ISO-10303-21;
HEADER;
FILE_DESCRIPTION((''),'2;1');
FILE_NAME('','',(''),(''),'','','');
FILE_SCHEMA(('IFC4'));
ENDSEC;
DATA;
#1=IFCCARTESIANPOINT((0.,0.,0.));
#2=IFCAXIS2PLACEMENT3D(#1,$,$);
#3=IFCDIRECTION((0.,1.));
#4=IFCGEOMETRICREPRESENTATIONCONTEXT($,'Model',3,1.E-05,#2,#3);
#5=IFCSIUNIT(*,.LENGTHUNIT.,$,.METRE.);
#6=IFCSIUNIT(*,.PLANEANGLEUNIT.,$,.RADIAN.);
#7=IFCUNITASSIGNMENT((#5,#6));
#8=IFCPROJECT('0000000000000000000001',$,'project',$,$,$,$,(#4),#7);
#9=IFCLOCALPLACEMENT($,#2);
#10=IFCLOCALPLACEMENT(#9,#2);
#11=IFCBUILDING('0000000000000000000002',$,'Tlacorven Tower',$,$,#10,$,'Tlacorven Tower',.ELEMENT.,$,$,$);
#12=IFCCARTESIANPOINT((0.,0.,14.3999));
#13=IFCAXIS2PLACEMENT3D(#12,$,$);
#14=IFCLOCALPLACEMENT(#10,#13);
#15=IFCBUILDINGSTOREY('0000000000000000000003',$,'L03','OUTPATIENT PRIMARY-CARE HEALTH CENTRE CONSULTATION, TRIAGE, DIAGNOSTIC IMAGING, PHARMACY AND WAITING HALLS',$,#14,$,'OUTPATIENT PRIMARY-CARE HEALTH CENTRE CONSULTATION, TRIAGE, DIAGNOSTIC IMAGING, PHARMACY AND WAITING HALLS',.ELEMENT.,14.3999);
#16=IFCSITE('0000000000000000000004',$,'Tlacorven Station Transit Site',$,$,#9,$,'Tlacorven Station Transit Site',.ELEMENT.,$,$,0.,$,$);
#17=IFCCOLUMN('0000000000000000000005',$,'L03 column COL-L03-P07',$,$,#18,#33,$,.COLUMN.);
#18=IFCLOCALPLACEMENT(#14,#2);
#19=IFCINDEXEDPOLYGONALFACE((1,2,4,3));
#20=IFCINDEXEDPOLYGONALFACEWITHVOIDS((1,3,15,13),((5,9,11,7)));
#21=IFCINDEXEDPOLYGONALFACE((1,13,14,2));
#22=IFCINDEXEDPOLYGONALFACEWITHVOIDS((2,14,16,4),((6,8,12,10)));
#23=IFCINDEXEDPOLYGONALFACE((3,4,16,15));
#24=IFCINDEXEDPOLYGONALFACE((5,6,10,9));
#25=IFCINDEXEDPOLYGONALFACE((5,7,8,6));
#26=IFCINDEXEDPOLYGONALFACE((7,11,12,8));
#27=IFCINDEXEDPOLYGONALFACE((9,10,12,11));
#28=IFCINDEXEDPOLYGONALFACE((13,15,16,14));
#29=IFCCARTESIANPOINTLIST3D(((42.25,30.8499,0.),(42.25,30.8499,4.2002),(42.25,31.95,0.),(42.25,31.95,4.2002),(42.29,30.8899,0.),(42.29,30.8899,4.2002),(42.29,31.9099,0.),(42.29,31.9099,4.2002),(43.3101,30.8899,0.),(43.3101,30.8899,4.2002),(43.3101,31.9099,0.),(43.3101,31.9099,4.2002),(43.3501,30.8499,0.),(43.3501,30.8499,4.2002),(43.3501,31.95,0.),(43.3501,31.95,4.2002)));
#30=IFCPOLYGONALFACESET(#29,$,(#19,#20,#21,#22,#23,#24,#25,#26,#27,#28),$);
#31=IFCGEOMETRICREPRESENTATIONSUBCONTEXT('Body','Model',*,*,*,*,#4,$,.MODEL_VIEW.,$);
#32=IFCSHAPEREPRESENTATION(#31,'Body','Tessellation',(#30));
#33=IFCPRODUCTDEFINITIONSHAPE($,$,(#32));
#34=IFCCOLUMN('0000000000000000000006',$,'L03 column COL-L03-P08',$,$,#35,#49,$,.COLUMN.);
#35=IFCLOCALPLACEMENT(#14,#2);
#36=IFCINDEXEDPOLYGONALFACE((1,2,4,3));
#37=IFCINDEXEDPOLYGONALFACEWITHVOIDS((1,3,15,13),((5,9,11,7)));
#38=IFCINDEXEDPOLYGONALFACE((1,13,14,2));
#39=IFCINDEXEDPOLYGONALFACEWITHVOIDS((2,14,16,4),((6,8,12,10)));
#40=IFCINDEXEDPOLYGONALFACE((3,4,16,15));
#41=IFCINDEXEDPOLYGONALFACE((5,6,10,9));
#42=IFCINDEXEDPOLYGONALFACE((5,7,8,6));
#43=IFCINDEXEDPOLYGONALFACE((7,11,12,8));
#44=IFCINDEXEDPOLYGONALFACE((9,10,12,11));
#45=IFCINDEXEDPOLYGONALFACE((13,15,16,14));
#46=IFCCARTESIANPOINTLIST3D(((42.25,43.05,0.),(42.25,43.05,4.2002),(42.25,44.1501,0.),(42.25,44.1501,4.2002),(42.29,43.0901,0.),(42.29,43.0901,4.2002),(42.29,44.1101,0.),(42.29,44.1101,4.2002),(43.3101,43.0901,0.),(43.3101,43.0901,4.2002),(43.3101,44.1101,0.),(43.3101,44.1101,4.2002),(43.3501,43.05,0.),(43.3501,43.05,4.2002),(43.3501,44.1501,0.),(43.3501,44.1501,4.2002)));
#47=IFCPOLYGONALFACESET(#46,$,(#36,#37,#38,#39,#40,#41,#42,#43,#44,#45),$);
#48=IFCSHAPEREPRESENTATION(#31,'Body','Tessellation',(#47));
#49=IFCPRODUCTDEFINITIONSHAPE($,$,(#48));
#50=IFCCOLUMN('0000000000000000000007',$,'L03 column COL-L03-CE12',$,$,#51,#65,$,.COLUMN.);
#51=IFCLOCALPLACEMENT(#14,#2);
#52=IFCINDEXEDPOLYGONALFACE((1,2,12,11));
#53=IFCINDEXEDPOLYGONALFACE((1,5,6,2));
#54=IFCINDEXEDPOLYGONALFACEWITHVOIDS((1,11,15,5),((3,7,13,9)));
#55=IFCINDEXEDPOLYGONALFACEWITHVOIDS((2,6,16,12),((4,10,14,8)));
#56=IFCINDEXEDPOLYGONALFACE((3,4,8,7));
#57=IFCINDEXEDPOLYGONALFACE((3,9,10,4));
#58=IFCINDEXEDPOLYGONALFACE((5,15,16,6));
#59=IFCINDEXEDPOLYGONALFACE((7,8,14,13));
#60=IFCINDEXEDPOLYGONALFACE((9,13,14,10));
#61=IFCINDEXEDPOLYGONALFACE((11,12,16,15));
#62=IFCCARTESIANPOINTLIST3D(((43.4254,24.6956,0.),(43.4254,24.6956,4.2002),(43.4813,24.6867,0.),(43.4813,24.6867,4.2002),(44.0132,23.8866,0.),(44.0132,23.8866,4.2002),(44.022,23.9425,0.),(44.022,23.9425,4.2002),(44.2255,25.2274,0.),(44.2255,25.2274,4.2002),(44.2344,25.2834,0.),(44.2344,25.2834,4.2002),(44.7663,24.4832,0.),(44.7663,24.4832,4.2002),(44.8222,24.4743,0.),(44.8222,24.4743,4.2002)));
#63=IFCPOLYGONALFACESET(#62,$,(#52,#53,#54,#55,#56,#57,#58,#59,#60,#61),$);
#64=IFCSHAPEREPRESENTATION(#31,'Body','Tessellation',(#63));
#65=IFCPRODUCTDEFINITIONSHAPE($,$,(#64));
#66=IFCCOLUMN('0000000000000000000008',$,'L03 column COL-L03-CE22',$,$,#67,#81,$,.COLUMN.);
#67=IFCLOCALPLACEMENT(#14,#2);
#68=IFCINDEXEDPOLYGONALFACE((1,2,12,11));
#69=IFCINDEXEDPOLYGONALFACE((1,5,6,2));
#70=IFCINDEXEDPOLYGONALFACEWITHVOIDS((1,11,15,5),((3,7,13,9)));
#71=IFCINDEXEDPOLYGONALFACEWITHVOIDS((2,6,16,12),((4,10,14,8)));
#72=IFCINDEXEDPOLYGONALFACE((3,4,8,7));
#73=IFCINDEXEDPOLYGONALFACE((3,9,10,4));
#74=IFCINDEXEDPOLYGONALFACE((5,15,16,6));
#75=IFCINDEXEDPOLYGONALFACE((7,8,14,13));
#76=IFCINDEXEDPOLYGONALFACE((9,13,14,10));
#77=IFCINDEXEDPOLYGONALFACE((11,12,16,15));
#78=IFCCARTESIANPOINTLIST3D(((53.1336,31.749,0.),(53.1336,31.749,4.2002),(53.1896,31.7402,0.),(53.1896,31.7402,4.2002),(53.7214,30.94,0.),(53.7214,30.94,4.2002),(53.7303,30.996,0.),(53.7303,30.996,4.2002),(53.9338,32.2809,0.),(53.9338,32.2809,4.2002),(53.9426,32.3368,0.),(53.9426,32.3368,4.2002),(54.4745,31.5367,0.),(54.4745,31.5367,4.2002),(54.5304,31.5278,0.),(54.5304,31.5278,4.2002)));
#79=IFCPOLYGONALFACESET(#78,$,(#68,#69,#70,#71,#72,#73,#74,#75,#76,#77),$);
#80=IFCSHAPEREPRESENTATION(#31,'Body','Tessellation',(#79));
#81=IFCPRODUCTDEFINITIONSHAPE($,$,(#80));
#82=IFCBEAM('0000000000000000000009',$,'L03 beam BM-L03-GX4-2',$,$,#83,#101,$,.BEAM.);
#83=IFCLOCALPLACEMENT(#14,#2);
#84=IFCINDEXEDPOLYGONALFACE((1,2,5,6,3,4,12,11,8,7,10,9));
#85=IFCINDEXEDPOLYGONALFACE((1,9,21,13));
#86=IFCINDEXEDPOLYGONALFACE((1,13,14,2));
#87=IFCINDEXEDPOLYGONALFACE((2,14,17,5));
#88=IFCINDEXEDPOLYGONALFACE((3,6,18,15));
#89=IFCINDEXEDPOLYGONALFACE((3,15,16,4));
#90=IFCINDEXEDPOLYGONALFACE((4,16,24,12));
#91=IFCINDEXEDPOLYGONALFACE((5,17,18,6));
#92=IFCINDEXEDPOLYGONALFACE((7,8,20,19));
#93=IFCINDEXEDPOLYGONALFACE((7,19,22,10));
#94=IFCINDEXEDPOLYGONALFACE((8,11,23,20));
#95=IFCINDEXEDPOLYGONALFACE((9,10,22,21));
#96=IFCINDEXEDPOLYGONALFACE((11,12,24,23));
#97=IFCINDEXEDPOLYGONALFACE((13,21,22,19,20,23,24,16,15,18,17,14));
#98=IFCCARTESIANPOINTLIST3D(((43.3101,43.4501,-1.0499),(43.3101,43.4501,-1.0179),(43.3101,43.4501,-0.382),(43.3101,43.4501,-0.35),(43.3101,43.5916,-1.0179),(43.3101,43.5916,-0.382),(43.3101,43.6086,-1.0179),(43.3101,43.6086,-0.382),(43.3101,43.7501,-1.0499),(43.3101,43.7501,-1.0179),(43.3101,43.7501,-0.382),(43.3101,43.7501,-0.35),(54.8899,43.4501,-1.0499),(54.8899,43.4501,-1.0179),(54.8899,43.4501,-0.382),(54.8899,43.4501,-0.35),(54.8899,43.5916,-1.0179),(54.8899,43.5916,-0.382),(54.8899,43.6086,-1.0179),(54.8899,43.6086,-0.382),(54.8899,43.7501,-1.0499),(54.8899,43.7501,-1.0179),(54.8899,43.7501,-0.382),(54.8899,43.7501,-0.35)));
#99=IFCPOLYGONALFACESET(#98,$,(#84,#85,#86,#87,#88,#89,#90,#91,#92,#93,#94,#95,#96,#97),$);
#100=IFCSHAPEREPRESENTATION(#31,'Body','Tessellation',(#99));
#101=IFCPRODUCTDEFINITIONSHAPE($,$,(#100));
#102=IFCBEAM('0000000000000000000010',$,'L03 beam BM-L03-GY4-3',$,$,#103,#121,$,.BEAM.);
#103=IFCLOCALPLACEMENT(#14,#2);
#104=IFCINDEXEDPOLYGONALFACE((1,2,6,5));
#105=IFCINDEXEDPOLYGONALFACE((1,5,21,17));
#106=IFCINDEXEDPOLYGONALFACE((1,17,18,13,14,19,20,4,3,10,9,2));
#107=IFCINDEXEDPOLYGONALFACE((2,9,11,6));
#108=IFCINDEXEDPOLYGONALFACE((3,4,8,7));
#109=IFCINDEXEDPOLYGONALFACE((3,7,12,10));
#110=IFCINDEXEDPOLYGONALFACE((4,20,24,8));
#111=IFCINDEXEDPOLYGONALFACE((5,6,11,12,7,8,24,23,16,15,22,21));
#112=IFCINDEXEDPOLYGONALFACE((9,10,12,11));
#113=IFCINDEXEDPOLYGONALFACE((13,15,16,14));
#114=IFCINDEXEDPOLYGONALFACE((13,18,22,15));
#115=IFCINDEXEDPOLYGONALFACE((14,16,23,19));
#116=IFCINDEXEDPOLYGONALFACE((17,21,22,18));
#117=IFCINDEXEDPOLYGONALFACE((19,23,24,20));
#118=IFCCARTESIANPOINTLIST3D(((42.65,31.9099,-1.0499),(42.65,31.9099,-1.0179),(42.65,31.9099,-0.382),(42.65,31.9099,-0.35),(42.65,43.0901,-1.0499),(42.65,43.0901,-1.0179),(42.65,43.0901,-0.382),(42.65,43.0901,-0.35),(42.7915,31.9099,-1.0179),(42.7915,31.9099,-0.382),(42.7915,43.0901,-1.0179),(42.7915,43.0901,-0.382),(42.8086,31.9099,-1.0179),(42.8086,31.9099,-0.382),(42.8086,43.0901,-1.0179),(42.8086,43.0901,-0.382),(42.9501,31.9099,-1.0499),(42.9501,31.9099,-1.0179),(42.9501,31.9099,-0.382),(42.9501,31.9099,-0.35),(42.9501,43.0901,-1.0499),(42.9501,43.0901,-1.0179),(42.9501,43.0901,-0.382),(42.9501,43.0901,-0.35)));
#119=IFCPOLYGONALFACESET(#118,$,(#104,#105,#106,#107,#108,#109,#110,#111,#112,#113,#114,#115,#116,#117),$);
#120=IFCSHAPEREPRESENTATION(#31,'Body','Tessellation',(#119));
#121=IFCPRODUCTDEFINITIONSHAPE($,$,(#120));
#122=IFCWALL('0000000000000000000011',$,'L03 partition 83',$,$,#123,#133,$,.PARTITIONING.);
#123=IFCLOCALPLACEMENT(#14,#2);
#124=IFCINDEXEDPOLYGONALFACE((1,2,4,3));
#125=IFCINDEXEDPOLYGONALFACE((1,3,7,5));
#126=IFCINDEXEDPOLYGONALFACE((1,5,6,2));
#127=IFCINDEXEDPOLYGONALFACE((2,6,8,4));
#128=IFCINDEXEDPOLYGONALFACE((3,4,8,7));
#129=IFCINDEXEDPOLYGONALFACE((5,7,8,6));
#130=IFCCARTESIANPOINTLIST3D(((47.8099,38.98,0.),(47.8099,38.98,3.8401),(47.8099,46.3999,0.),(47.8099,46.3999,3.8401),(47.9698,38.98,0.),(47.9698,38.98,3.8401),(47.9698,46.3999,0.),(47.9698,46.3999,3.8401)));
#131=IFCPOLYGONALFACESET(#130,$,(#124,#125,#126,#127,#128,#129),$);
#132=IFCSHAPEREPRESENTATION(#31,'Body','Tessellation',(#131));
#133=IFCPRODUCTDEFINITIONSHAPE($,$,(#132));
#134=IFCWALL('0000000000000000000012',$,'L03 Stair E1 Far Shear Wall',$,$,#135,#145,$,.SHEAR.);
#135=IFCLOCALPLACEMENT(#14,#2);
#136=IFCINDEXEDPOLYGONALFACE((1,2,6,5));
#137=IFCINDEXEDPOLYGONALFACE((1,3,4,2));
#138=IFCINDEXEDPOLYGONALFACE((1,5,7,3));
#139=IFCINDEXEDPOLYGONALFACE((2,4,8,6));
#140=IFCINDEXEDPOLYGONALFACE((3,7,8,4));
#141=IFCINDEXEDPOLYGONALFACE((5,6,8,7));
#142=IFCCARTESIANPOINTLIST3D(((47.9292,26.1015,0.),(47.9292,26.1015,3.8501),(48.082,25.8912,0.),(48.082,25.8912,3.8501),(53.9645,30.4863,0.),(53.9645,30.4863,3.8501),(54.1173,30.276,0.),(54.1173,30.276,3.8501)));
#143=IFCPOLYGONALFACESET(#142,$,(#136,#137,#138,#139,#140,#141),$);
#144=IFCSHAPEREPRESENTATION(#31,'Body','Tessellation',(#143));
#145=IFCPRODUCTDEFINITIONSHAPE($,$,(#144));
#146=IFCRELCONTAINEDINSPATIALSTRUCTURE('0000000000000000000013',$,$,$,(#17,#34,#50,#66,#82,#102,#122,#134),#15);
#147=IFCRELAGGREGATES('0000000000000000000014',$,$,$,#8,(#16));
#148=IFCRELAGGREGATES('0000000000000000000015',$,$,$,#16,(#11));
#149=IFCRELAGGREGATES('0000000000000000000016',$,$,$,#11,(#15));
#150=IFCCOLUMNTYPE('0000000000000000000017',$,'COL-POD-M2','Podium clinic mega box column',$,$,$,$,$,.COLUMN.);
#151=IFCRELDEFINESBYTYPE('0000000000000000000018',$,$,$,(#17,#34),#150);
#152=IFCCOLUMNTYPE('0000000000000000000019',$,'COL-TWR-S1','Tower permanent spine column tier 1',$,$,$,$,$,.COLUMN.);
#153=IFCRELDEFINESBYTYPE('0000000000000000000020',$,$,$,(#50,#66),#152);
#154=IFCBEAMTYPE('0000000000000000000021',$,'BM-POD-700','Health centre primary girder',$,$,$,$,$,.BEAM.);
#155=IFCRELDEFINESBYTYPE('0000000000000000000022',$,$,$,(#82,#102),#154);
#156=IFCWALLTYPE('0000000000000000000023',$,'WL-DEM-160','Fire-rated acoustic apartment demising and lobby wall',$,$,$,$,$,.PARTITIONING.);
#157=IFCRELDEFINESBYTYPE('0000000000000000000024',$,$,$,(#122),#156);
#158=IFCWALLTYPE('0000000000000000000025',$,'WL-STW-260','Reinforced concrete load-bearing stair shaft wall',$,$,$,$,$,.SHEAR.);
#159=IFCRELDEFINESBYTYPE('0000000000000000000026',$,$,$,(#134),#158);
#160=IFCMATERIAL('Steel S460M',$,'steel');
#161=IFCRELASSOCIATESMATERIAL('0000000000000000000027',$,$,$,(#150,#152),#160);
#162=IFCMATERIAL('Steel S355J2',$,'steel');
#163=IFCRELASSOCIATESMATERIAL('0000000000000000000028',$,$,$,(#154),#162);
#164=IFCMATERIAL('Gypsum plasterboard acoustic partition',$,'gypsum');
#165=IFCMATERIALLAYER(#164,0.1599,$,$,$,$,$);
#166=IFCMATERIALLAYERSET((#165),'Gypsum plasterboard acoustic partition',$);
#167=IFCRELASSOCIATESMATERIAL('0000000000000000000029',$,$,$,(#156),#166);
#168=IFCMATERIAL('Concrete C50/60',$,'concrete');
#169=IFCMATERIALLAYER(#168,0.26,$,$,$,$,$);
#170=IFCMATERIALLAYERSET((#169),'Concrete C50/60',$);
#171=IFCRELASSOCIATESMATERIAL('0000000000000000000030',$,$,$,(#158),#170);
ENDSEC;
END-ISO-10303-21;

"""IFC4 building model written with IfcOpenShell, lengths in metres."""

from ifc_helpers import new_model, si_unit, direction, frame, frame_2d, origin, origin_2d, place, context, subcontext, project, spatial, rectangle, hollow_rectangle, i_section, extrude, source, transform, mapped, material, layer, layer_set, material_profile, profile_set, type_object, element, save


model = new_model("IFC4")

# Units and contexts
model_context = context("Model", 3, precision=1e-05, world=origin(), true_north=direction((0.0, 1.0)))
body_context = subcontext(model_context, "Body", "Model", "MODEL_VIEW")
ifc_project = project(units=[si_unit("LENGTHUNIT", "METRE"), si_unit("PLANEANGLEUNIT", "RADIAN")], contexts=[model_context])

# Site, building, storey
site_placement = place(None, origin())
site = spatial("IfcSite", under=ifc_project, at=site_placement, Name="Tlacorven Station Transit Site", LongName="Tlacorven Station Transit Site", CompositionType="ELEMENT", RefElevation=0.0)
building_placement = place(site_placement, origin())
building = spatial("IfcBuilding", under=site, at=building_placement, Name="Tlacorven Tower", LongName="Tlacorven Tower", CompositionType="ELEMENT")
storey_placement = place(building_placement, frame((0.0, 0.0, 14.3999)))
storey = spatial("IfcBuildingStorey", under=building, at=storey_placement, Name="L03", Description="OUTPATIENT PRIMARY-CARE HEALTH CENTRE CONSULTATION, TRIAGE, DIAGNOSTIC IMAGING, PHARMACY AND WAITING HALLS", LongName="OUTPATIENT PRIMARY-CARE HEALTH CENTRE CONSULTATION, TRIAGE, DIAGNOSTIC IMAGING, PHARMACY AND WAITING HALLS", CompositionType="ELEMENT", Elevation=14.3999)

# Columns
ifc_material_1 = material(Name="Steel S460M", Category="steel")
ifc_material_profile_1 = material_profile(ifc_material_1, hollow_rectangle(XDim=1.1001, YDim=1.1001, WallThickness=0.04, at=origin_2d()), Name="BOX 1100X1100X40")
ifc_profile_set_1 = profile_set([ifc_material_profile_1], Name="Steel S460M")
column_type_1 = type_object("IfcColumnType", Name="COL-POD-M2", Description="Podium clinic mega box column", PredefinedType="COLUMN", material=ifc_profile_set_1)
shared_shape_1 = source(origin(), body_context, "Body", "SweptSolid", [
    extrude(hollow_rectangle(XDim=1.1001, YDim=1.1001, WallThickness=0.04, at=origin_2d()), origin(), (0.0, 0.0, 1.0), 4.2002),
])
for number, where, z_axis, x_axis, name in (
    (1, (42.8, 31.3999, 0.0), (0.0, 0.0, 1.0), (1.0, 0.0, 0.0), "L03 column COL-L03-P07"),
    (2, (42.8, 43.6001, 0.0), (0.0, 0.0, 1.0), (1.0, 0.0, 0.0), "L03 column COL-L03-P08"),
):
    element("IfcColumn", number, at=place(storey_placement, frame(where, z_axis=z_axis, x_axis=x_axis)), inside=storey, type_object=column_type_1, Name=name, PredefinedType="COLUMN", context=body_context, shape_type="MappedRepresentation", body=[
        mapped(shared_shape_1, transform((0.0, 0.0, 0.0), scale=1.0)),
    ])
ifc_material_profile_2 = material_profile(ifc_material_1, hollow_rectangle(XDim=1.0, YDim=1.0, WallThickness=0.04, at=origin_2d()), Name="BOX 1000X1000X40")
ifc_profile_set_2 = profile_set([ifc_material_profile_2], Name="Steel S460M")
column_type_2 = type_object("IfcColumnType", Name="COL-TWR-S1", Description="Tower permanent spine column tier 1", PredefinedType="COLUMN", material=ifc_profile_set_2)
shared_shape_2 = source(origin(), body_context, "Body", "SweptSolid", [
    extrude(hollow_rectangle(XDim=1.0, YDim=1.0, WallThickness=0.04, at=origin_2d()), origin(), (0.0, 0.0, 1.0), 4.2002),
])
for number, where, z_axis, x_axis, name in (
    (3, (44.1238, 24.585, 0.0), (0.0, 0.0, 1.0), (0.809017, 0.587785, 0.0), "L03 column COL-L03-CE12"),
    (4, (53.832, 31.6384, 0.0), (0.0, 0.0, 1.0), (0.809017, 0.587785, 0.0), "L03 column COL-L03-CE22"),
):
    element("IfcColumn", number, at=place(storey_placement, frame(where, z_axis=z_axis, x_axis=x_axis)), inside=storey, type_object=column_type_2, Name=name, PredefinedType="COLUMN", context=body_context, shape_type="MappedRepresentation", body=[
        mapped(shared_shape_2, transform((0.0, 0.0, 0.0), scale=1.0)),
    ])

# Beams
ifc_material_2 = material(Name="Steel S355J2", Category="steel")
ifc_material_profile_3 = material_profile(ifc_material_2, i_section(OverallWidth=0.3, OverallDepth=0.7, WebThickness=0.0171, FlangeThickness=0.032, at=origin_2d()), Name="HEB 700")
ifc_profile_set_3 = profile_set([ifc_material_profile_3], Name="Steel S355J2")
beam_type = type_object("IfcBeamType", Name="BM-POD-700", Description="Health centre primary girder", PredefinedType="BEAM", material=ifc_profile_set_3)
shared_shape_3 = source(origin(), body_context, "Body", "SweptSolid", [
    extrude(i_section(OverallWidth=0.3, OverallDepth=0.7, WebThickness=0.0171, FlangeThickness=0.032, at=origin_2d()), origin(), (0.0, 0.0, 1.0), 11.5798),
])
beam_1_placement = place(storey_placement, frame((43.3101, 43.6001, -0.7), z_axis=(1.0, 0.0, 0.0), x_axis=(0.0, 1.0, 0.0)))
element("IfcBeam", 5, at=beam_1_placement, inside=storey, type_object=beam_type, Name="L03 beam BM-L03-GX4-2", PredefinedType="BEAM", context=body_context, shape_type="MappedRepresentation", body=[
    mapped(shared_shape_3, transform((0.0, 0.0, 0.0), scale=1.0)),
])
shared_shape_4 = source(origin(), body_context, "Body", "SweptSolid", [
    extrude(i_section(OverallWidth=0.3, OverallDepth=0.7, WebThickness=0.0171, FlangeThickness=0.032, at=origin_2d()), origin(), (0.0, 0.0, 1.0), 11.1802),
])
beam_2_placement = place(storey_placement, frame((42.8, 31.9099, -0.7), z_axis=(0.0, 1.0, 0.0), x_axis=(-1.0, 0.0, 0.0)))
element("IfcBeam", 6, at=beam_2_placement, inside=storey, type_object=beam_type, Name="L03 beam BM-L03-GY4-3", PredefinedType="BEAM", context=body_context, shape_type="MappedRepresentation", body=[
    mapped(shared_shape_4, transform((0.0, 0.0, 0.0), scale=1.0)),
])

# Walls
ifc_material_3 = material(Name="Gypsum plasterboard acoustic partition", Category="gypsum")
ifc_layer_1 = layer(ifc_material_3, 0.1599)
ifc_layer_set_1 = layer_set([ifc_layer_1], Name="Gypsum plasterboard acoustic partition")
wall_type_1 = type_object("IfcWallType", Name="WL-DEM-160", Description="Fire-rated acoustic apartment demising and lobby wall", PredefinedType="PARTITIONING", material=ifc_layer_set_1)
wall_1_placement = place(storey_placement, frame((47.8899, 38.98, 0.0), z_axis=(0.0, 0.0, 1.0), x_axis=(0.0, 1.0, 0.0)))
element("IfcWall", 7, at=wall_1_placement, inside=storey, type_object=wall_type_1, Name="L03 partition 83", PredefinedType="PARTITIONING", context=body_context, shape_type="SweptSolid", body=[
    extrude(rectangle(XDim=7.4199, YDim=0.1599, at=frame_2d((3.71, 0.0))), origin(), (0.0, 0.0, 1.0), 3.8401),
])
ifc_material_4 = material(Name="Concrete C50/60", Category="concrete")
ifc_layer_2 = layer(ifc_material_4, 0.26)
ifc_layer_set_2 = layer_set([ifc_layer_2], Name="Concrete C50/60")
wall_type_2 = type_object("IfcWallType", Name="WL-STW-260", Description="Reinforced concrete load-bearing stair shaft wall", PredefinedType="SHEAR", material=ifc_layer_set_2)
wall_2_placement = place(storey_placement, frame((48.0056, 25.9963, 0.0), z_axis=(0.0, 0.0, 1.0), x_axis=(0.809019, 0.587782, 0.0)))
element("IfcWall", 8, at=wall_2_placement, inside=storey, type_object=wall_type_2, Name="L03 Stair E1 Far Shear Wall", PredefinedType="SHEAR", context=body_context, shape_type="SweptSolid", body=[
    extrude(rectangle(XDim=7.46, YDim=0.26, at=frame_2d((3.73, 0.0))), origin(), (0.0, 0.0, 1.0), 3.8501),
])

save(model, "model.ifc")
